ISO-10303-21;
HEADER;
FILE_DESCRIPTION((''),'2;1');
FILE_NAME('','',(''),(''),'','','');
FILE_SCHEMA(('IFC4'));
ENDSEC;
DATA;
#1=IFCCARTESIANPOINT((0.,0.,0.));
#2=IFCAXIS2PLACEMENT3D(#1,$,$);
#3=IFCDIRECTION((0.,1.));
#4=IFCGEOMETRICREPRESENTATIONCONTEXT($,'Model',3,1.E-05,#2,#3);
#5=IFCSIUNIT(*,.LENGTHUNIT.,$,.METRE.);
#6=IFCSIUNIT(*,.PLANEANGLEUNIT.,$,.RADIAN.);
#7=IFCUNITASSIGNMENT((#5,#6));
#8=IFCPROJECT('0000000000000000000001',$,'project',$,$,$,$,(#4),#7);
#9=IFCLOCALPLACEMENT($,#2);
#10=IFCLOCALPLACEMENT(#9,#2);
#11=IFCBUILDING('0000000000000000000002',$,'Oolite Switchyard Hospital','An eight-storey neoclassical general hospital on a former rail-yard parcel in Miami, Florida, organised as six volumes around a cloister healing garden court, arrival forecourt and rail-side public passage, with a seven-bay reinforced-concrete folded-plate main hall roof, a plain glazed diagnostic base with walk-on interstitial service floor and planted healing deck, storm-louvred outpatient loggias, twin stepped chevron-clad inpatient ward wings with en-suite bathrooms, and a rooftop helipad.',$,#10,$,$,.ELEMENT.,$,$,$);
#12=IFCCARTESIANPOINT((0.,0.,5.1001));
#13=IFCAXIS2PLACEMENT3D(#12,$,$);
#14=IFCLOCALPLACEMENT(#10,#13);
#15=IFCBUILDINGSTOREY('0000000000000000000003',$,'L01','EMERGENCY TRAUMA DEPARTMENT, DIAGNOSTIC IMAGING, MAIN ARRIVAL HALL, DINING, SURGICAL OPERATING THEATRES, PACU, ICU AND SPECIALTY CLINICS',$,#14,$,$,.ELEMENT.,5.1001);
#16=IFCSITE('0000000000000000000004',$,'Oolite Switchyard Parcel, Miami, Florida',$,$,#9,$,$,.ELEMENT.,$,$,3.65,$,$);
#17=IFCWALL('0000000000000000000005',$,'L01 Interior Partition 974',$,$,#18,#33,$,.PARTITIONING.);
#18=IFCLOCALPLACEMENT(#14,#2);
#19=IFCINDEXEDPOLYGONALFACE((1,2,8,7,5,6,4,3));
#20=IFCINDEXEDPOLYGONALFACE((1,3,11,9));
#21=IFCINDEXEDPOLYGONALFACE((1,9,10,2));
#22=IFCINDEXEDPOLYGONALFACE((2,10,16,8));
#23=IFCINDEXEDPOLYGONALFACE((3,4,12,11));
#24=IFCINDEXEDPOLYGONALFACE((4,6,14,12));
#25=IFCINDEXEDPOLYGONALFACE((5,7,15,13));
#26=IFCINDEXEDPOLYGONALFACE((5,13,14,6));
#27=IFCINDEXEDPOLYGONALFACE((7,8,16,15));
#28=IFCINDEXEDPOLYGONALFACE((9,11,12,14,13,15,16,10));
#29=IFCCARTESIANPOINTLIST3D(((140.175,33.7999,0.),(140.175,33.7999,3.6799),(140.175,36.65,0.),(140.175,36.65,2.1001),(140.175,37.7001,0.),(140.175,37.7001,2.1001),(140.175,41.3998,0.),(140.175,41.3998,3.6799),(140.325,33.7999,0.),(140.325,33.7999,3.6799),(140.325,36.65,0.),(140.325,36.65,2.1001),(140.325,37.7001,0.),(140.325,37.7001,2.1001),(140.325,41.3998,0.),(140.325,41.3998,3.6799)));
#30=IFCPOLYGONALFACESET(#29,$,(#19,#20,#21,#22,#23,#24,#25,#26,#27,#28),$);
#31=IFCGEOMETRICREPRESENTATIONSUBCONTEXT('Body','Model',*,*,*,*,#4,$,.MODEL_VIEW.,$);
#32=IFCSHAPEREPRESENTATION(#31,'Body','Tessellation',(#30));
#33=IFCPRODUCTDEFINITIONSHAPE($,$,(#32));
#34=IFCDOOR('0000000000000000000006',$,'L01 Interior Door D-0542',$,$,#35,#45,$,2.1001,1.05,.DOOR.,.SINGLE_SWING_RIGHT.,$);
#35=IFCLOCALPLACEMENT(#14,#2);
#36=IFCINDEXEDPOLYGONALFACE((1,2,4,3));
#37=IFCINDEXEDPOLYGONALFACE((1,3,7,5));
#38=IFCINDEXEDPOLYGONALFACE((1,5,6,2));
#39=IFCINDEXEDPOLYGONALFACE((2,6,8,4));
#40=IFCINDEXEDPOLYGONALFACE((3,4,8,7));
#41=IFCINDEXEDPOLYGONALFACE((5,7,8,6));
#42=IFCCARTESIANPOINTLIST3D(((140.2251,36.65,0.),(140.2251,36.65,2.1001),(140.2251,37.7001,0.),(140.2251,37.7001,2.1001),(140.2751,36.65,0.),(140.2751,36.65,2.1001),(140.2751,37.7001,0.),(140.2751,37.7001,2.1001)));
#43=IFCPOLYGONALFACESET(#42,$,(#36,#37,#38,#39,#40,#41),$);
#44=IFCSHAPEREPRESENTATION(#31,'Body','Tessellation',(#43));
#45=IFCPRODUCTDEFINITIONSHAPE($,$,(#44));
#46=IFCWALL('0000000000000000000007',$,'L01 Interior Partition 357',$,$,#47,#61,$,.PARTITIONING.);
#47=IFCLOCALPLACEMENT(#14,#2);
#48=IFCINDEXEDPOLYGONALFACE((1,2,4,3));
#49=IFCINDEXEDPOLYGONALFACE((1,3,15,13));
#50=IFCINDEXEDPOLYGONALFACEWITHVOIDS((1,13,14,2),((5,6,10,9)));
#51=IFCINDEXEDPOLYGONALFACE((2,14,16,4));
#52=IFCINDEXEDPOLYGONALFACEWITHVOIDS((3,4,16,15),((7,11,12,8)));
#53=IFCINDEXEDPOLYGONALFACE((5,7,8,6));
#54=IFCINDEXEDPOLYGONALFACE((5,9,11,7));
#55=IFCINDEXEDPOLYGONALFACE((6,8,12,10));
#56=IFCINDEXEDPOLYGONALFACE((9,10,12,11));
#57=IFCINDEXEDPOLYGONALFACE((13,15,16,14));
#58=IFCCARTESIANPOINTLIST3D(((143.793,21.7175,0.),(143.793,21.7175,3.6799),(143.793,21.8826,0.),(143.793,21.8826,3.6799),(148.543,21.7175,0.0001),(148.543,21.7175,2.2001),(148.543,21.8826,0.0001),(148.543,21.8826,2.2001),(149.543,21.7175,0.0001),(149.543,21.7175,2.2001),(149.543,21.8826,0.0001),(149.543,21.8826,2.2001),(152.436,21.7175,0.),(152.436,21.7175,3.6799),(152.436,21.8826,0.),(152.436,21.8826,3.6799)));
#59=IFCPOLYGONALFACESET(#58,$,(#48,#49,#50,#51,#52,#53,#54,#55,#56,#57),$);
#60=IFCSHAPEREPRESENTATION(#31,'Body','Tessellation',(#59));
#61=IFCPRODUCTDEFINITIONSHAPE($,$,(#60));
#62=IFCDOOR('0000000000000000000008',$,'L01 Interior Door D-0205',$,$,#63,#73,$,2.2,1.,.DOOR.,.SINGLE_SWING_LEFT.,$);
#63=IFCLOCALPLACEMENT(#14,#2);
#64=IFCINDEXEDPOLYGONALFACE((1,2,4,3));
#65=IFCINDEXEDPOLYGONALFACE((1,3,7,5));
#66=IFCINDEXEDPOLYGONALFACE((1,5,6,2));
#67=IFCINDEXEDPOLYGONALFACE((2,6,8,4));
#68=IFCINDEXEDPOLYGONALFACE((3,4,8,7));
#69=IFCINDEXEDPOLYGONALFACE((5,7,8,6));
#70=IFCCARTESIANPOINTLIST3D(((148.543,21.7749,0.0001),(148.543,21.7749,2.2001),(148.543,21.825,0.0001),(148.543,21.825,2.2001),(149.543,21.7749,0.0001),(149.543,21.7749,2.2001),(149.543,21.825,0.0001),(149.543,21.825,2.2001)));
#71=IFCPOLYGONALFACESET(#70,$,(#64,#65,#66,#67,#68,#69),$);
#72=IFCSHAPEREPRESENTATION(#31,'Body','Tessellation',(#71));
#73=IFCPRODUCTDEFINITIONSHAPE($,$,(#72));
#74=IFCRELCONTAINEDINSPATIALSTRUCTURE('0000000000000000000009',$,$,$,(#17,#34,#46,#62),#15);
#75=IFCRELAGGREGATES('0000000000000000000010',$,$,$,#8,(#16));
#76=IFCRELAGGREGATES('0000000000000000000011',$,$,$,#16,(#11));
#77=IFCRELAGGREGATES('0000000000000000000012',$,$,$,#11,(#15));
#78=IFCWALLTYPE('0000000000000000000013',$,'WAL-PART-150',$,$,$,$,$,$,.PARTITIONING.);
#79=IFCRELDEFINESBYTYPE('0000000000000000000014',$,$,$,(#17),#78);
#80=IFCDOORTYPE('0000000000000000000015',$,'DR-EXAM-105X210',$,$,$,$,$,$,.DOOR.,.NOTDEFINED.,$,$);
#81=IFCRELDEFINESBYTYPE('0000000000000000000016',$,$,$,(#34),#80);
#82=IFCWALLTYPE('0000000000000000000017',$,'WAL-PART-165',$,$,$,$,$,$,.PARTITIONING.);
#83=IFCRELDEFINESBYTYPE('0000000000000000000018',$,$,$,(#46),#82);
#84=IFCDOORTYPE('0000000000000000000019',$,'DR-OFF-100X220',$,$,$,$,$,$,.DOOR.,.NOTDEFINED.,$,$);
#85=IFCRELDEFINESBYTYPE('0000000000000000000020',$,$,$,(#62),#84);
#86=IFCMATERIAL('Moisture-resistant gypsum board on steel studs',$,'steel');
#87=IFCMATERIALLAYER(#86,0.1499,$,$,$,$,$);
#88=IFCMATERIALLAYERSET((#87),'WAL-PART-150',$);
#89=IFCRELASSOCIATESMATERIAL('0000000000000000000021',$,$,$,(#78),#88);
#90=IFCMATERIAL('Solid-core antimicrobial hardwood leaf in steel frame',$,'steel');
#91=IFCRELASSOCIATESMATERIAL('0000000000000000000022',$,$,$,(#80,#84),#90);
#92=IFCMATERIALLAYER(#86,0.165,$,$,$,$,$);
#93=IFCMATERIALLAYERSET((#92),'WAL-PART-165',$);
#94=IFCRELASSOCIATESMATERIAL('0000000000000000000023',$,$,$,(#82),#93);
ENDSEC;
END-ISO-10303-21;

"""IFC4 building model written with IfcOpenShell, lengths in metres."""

from ifc_helpers import new_model, si_unit, direction, frame, frame_2d, origin, place, context, subcontext, project, spatial, rectangle, extrude, material, layer, layer_set, type_object, element, fill, save


model = new_model("IFC4")

# Units and contexts
model_context = context("Model", 3, precision=1e-05, world=origin(), true_north=direction((0.0, 1.0)))
body_context = subcontext(model_context, "Body", "Model", "MODEL_VIEW")
ifc_project = project(units=[si_unit("LENGTHUNIT", "METRE"), si_unit("PLANEANGLEUNIT", "RADIAN")], contexts=[model_context])

# Site, building, storey
site_placement = place(None, origin())
site = spatial("IfcSite", under=ifc_project, at=site_placement, Name="Oolite Switchyard Parcel, Miami, Florida", CompositionType="ELEMENT", RefElevation=3.65)
building_placement = place(site_placement, origin())
building = spatial("IfcBuilding", under=site, at=building_placement, Name="Oolite Switchyard Hospital", Description="An eight-storey neoclassical general hospital on a former rail-yard parcel in Miami, Florida, organised as six volumes around a cloister healing garden court, arrival forecourt and rail-side public passage, with a seven-bay reinforced-concrete folded-plate main hall roof, a plain glazed diagnostic base with walk-on interstitial service floor and planted healing deck, storm-louvred outpatient loggias, twin stepped chevron-clad inpatient ward wings with en-suite bathrooms, and a rooftop helipad.", CompositionType="ELEMENT")
storey_placement = place(building_placement, frame((0.0, 0.0, 5.1001)))
storey = spatial("IfcBuildingStorey", under=building, at=storey_placement, Name="L01", Description="EMERGENCY TRAUMA DEPARTMENT, DIAGNOSTIC IMAGING, MAIN ARRIVAL HALL, DINING, SURGICAL OPERATING THEATRES, PACU, ICU AND SPECIALTY CLINICS", CompositionType="ELEMENT", Elevation=5.1001)

# Shared definitions
ifc_material_1 = material(Name="Moisture-resistant gypsum board on steel studs", Category="steel")

# Walls, openings, doors
ifc_layer_1 = layer(ifc_material_1, 0.1499)
ifc_layer_set_1 = layer_set([ifc_layer_1], Name="WAL-PART-150")
wall_type_1 = type_object("IfcWallType", Name="WAL-PART-150", PredefinedType="PARTITIONING", material=ifc_layer_set_1)
ifc_material_2 = material(Name="Solid-core antimicrobial hardwood leaf in steel frame", Category="steel")
door_type_1 = type_object("IfcDoorType", Name="DR-EXAM-105X210", OperationType="NOTDEFINED", PredefinedType="DOOR", material=ifc_material_2)
wall_1_placement = place(storey_placement, frame((140.25, 33.8, 0.0), z_axis=(0.0, 0.0, 1.0), x_axis=(0.0, 1.0, 0.0)))
wall_1 = element("IfcWall", 1, at=wall_1_placement, inside=storey, type_object=wall_type_1, Name="L01 Interior Partition 974", PredefinedType="PARTITIONING", context=body_context, shape_type="SweptSolid", body=[
    extrude(rectangle(XDim=7.5999, YDim=0.1499, at=frame_2d((3.7998, 0.0))), origin(), (0.0, 0.0, 1.0), 3.6799),
])
opening_1_placement = place(wall_1_placement, frame((2.8501, 0.0, 0.0)))
opening_1 = element("IfcOpeningElement", 2, at=opening_1_placement, cuts=wall_1, PredefinedType="OPENING", context=body_context, shape_type="SweptSolid", body=[
    extrude(rectangle(XDim=1.05, YDim=2.1001, at=frame_2d((0.5249, 1.05))), frame((0.0, 0.085, 0.0), z_axis=(0.0, -1.0, 0.0), x_axis=(1.0, 0.0, 0.0)), (0.0, 0.0, 1.0), 0.1699),
])
door_1_placement = place(opening_1_placement, origin())
door_1 = element("IfcDoor", 3, at=door_1_placement, inside=storey, type_object=door_type_1, Name="L01 Interior Door D-0542", OperationType="SINGLE_SWING_RIGHT", OverallHeight=2.1001, OverallWidth=1.05, PredefinedType="DOOR", context=body_context, shape_type="SweptSolid", body=[
    extrude(rectangle(XDim=1.05, YDim=2.1001, at=frame_2d((0.5249, 1.05))), frame((0.0, 0.0249, 0.0), z_axis=(0.0, -1.0, 0.0), x_axis=(1.0, 0.0, 0.0)), (0.0, 0.0, 1.0), 0.05),
])
fill(opening_1, door_1)
ifc_layer_2 = layer(ifc_material_1, 0.165)
ifc_layer_set_2 = layer_set([ifc_layer_2], Name="WAL-PART-165")
wall_type_2 = type_object("IfcWallType", Name="WAL-PART-165", PredefinedType="PARTITIONING", material=ifc_layer_set_2)
wall_2_placement = place(storey_placement, frame((143.793, 21.8, 0.0), z_axis=(0.0, 0.0, 1.0), x_axis=(1.0, 0.0, 0.0)))
wall_2 = element("IfcWall", 4, at=wall_2_placement, inside=storey, type_object=wall_type_2, Name="L01 Interior Partition 357", PredefinedType="PARTITIONING", context=body_context, shape_type="SweptSolid", body=[
    extrude(rectangle(XDim=8.6431, YDim=0.165, at=frame_2d((4.3215, 0.0))), origin(), (0.0, 0.0, 1.0), 3.6799),
])
opening_2_placement = place(wall_2_placement, frame((4.75, 0.0, 0.0)))
opening_2 = element("IfcOpeningElement", 5, at=opening_2_placement, cuts=wall_2, PredefinedType="OPENING", context=body_context, shape_type="SweptSolid", body=[
    extrude(rectangle(XDim=1.0, YDim=2.2, at=frame_2d((0.5, 1.1001))), frame((0.0, 0.0925, 0.0), z_axis=(0.0, -1.0, 0.0), x_axis=(1.0, 0.0, 0.0)), (0.0, 0.0, 1.0), 0.1851),
])
door_type_2 = type_object("IfcDoorType", Name="DR-OFF-100X220", OperationType="NOTDEFINED", PredefinedType="DOOR", material=ifc_material_2)
door_2_placement = place(opening_2_placement, origin())
door_2 = element("IfcDoor", 6, at=door_2_placement, inside=storey, type_object=door_type_2, Name="L01 Interior Door D-0205", OperationType="SINGLE_SWING_LEFT", OverallHeight=2.2, OverallWidth=1.0, PredefinedType="DOOR", context=body_context, shape_type="SweptSolid", body=[
    extrude(rectangle(XDim=1.0, YDim=2.2, at=frame_2d((0.5, 1.1001))), frame((0.0, 0.0249, 0.0), z_axis=(0.0, -1.0, 0.0), x_axis=(1.0, 0.0, 0.0)), (0.0, 0.0, 1.0), 0.05),
])
fill(opening_2, door_2)

save(model, "model.ifc")
